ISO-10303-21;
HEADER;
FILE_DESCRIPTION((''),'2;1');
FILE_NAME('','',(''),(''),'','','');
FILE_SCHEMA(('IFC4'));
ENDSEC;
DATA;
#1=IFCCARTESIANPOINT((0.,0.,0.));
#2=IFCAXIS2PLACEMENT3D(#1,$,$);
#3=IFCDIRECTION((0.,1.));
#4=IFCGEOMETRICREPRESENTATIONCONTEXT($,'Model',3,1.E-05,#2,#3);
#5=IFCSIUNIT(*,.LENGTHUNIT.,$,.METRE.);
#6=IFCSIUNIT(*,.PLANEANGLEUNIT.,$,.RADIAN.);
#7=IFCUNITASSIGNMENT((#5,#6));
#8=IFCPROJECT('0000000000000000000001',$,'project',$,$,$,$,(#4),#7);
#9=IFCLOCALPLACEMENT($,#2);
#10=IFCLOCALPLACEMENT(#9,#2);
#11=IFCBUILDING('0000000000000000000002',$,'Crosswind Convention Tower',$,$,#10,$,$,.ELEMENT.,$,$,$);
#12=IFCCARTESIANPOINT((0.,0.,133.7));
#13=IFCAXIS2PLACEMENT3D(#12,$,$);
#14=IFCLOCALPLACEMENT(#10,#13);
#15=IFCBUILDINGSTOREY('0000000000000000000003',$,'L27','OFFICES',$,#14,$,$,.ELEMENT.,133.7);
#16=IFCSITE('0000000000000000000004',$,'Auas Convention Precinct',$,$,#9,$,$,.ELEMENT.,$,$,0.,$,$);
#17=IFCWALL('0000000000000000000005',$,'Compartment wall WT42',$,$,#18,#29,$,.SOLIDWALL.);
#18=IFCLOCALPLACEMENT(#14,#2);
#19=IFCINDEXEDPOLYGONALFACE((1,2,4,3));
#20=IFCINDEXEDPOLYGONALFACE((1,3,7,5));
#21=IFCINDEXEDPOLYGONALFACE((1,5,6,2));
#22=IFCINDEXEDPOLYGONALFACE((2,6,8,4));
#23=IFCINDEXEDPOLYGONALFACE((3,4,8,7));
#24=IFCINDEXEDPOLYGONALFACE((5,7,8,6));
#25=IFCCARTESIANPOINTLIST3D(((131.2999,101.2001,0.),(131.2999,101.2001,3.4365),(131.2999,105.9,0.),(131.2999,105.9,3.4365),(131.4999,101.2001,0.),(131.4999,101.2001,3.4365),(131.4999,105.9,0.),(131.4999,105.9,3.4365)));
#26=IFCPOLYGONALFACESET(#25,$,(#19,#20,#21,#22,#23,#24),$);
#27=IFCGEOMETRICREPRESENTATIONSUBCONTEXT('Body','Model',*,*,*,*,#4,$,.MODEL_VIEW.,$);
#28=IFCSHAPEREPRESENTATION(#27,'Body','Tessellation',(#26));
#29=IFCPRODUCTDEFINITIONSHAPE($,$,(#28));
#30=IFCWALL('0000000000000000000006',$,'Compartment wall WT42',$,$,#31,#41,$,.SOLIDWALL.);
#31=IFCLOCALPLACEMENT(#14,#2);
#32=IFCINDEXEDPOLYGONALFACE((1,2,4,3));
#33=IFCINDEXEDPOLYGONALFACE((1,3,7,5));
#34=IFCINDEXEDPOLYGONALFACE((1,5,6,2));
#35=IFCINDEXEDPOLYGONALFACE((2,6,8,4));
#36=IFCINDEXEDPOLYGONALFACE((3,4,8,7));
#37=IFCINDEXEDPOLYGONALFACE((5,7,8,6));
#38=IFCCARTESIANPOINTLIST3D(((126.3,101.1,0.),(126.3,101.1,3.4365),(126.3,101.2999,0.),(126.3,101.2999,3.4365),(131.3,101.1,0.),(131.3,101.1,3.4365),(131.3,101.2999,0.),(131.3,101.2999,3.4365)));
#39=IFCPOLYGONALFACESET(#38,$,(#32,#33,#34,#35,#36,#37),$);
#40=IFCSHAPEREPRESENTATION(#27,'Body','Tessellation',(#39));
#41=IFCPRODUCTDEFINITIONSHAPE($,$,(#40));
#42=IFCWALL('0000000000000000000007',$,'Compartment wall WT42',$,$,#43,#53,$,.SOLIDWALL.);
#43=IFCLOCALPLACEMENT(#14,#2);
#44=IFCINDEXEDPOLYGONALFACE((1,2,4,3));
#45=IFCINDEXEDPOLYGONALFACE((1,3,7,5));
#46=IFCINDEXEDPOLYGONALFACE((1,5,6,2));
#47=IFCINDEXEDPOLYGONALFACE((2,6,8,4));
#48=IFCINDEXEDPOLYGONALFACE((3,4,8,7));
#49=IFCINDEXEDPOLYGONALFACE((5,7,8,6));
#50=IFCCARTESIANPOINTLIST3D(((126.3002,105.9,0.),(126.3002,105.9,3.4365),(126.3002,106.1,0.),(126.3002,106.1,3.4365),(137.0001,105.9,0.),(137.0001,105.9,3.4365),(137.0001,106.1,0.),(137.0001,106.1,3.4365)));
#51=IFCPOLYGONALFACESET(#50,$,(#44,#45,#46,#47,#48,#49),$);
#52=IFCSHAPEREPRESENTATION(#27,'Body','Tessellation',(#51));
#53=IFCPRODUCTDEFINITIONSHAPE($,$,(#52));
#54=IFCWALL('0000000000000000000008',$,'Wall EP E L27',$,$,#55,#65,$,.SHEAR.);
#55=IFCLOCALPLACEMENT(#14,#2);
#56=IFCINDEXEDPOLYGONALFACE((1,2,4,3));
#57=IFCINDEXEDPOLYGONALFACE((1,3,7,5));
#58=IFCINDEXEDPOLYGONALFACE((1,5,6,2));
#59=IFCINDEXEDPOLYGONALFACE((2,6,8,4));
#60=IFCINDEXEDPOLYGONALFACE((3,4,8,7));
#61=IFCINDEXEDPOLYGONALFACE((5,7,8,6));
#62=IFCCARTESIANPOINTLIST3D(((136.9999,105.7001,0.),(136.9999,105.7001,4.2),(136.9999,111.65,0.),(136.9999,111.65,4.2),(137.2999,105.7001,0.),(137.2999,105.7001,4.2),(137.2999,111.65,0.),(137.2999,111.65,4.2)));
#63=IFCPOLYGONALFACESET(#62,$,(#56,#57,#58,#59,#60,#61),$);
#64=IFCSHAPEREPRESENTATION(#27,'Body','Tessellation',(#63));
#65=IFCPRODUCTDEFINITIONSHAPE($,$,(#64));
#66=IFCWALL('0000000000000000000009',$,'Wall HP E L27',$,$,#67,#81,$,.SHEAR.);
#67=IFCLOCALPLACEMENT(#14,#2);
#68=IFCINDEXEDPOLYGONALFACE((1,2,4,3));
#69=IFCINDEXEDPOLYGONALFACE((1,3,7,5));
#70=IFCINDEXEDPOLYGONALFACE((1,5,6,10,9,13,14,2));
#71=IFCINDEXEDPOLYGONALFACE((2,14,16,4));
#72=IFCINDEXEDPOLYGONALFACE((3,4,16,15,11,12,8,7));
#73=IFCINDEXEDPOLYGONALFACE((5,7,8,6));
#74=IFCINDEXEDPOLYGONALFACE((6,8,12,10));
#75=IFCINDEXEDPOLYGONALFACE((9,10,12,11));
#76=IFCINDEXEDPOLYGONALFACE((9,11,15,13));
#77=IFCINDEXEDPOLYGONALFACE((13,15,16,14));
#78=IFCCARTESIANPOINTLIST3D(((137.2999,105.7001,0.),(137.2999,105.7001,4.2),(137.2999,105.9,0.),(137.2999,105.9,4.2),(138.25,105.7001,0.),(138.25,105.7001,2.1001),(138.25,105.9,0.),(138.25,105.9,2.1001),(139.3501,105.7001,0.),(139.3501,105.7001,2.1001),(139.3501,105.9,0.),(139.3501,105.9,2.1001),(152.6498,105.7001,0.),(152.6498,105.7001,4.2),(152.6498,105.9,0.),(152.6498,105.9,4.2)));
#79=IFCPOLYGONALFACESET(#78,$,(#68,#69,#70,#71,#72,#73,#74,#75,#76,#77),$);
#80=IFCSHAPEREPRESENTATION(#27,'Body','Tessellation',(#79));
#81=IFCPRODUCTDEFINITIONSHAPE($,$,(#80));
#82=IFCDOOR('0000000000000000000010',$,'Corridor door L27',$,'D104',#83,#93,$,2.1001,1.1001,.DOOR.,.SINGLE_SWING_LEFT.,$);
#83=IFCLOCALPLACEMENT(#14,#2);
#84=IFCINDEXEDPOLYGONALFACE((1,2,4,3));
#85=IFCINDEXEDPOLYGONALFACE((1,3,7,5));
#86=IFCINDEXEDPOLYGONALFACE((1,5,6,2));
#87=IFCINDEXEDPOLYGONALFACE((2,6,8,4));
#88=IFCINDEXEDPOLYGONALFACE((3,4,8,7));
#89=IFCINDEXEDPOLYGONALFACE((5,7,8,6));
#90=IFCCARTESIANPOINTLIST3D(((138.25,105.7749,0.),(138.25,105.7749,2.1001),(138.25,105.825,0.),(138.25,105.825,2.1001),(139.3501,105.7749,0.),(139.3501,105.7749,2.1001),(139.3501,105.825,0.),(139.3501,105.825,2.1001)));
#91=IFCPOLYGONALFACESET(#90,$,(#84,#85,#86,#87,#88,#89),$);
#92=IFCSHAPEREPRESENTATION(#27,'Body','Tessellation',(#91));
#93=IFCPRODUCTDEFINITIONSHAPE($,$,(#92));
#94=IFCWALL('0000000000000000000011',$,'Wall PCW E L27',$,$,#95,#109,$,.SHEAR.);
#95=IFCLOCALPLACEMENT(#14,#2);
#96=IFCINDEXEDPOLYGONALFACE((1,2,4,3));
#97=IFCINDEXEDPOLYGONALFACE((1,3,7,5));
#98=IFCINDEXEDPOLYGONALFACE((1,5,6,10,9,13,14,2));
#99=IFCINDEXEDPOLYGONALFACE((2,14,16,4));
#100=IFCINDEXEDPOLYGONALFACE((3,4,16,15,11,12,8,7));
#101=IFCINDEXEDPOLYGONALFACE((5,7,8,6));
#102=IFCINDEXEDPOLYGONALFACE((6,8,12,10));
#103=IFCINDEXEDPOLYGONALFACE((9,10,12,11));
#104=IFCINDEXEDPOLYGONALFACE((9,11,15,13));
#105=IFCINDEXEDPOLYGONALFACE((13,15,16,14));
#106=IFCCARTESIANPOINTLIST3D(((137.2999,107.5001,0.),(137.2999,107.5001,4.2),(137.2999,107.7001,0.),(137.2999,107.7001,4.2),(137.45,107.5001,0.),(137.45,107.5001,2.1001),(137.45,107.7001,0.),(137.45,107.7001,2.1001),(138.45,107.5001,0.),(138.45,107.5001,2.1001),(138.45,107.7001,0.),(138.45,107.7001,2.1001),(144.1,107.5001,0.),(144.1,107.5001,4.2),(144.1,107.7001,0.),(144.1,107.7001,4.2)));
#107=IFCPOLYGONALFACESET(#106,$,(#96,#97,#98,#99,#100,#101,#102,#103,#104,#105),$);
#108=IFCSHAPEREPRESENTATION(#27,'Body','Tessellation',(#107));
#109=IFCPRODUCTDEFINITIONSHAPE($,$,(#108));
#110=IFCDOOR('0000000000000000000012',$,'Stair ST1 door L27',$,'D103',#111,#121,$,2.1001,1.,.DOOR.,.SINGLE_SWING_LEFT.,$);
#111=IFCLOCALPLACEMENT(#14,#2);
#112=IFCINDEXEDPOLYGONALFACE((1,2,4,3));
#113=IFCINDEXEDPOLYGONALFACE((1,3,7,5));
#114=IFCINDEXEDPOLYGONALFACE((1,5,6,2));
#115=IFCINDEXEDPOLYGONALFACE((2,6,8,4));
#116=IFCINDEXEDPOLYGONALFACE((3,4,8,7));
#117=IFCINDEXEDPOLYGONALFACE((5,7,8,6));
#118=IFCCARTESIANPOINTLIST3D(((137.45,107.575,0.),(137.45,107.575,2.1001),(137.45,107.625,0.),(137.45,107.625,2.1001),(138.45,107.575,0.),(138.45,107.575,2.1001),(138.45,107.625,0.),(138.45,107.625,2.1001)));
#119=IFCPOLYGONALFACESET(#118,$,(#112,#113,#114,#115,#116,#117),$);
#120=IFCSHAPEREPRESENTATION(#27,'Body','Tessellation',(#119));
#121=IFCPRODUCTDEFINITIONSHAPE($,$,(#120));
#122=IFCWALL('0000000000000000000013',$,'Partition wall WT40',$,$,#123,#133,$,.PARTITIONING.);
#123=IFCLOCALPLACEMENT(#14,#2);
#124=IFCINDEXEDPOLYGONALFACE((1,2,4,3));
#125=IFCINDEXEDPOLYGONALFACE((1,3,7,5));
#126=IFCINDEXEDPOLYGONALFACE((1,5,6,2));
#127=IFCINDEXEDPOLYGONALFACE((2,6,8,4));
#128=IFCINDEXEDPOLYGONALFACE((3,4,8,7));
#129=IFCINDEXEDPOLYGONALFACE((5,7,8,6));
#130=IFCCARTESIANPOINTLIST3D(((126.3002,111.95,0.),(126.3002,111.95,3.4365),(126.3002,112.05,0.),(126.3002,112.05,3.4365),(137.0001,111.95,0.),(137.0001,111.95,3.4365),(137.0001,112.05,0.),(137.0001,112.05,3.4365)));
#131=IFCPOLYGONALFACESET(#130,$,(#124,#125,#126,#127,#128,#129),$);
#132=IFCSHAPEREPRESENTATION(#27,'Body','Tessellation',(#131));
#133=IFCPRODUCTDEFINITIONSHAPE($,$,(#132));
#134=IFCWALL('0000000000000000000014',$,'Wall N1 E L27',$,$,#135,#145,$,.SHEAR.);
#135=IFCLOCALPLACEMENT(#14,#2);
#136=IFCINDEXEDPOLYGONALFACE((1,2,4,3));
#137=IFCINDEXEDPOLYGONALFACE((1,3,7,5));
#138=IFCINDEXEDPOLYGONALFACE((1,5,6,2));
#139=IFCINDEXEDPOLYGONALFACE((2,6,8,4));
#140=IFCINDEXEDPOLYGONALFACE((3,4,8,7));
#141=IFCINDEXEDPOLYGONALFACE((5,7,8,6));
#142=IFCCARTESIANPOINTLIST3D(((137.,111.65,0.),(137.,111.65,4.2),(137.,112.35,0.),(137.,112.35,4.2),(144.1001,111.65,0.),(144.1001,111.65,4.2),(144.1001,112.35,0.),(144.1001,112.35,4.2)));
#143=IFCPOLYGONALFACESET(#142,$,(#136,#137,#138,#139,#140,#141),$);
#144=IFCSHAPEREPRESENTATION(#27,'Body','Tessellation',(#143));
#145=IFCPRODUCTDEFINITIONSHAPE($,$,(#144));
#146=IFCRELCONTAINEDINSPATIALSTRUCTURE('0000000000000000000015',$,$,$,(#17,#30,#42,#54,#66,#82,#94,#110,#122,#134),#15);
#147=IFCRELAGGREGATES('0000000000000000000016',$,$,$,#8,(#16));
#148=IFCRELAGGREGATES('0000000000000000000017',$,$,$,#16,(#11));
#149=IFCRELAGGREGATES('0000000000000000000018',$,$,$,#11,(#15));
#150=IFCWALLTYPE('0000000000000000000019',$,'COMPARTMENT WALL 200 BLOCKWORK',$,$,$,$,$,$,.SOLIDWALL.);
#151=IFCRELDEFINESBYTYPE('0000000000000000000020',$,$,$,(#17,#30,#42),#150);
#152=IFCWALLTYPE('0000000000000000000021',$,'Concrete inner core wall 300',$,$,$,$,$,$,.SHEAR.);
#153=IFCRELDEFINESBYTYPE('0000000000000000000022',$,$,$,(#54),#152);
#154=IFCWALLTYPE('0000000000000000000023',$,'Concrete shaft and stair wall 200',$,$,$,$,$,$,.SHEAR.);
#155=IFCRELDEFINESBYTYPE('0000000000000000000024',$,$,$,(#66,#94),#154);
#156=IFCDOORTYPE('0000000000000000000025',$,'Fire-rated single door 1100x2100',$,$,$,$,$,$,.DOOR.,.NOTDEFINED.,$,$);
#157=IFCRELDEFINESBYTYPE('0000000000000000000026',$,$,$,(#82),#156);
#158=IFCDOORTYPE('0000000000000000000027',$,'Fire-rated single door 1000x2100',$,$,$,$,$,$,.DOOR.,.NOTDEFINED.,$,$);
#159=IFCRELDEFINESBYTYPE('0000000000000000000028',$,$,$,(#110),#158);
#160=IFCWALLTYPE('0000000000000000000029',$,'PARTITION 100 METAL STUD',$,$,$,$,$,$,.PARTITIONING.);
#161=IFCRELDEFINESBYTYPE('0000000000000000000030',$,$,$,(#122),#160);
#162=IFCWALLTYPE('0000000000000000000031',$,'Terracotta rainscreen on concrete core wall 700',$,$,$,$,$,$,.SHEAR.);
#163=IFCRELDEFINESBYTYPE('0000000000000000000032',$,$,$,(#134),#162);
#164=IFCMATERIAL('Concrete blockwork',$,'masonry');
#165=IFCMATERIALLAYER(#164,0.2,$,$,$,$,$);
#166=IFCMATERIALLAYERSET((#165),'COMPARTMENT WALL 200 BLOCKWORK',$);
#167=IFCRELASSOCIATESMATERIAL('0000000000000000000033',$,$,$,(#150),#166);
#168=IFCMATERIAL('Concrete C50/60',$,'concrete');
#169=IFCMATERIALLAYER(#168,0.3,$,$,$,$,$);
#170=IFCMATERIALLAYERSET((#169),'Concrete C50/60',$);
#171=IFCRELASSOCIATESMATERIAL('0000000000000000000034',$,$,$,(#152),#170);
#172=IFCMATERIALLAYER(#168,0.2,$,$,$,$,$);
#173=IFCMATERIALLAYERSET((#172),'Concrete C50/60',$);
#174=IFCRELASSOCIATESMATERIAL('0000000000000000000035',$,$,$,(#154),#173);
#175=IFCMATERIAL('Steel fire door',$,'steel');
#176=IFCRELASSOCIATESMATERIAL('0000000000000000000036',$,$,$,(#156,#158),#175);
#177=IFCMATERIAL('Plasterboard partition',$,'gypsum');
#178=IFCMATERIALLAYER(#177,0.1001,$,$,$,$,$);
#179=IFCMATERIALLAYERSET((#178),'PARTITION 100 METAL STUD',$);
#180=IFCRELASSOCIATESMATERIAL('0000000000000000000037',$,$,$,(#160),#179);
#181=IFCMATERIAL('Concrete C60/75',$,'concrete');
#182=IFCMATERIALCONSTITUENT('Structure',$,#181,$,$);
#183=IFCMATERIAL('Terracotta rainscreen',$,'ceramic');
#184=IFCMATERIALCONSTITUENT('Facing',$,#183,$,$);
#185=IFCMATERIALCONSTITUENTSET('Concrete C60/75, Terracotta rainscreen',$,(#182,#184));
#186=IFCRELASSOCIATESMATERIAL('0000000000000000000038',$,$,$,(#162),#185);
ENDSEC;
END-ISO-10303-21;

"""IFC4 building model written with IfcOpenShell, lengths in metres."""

from ifc_helpers import new_model, si_unit, direction, frame, frame_2d, origin, place, context, subcontext, project, spatial, rectangle, extrude, material, layer, layer_set, constituent, constituent_set, type_object, element, fill, save


model = new_model("IFC4")

# Units and contexts
model_context = context("Model", 3, precision=1e-05, world=origin(), true_north=direction((0.0, 1.0)))
body_context = subcontext(model_context, "Body", "Model", "MODEL_VIEW")
ifc_project = project(units=[si_unit("LENGTHUNIT", "METRE"), si_unit("PLANEANGLEUNIT", "RADIAN")], contexts=[model_context])

# Site, building, storey
site_placement = place(None, origin())
site = spatial("IfcSite", under=ifc_project, at=site_placement, Name="Auas Convention Precinct", CompositionType="ELEMENT", RefElevation=0.0)
building_placement = place(site_placement, origin())
building = spatial("IfcBuilding", under=site, at=building_placement, Name="Crosswind Convention Tower", CompositionType="ELEMENT")
storey_placement = place(building_placement, frame((0.0, 0.0, 133.7)))
storey = spatial("IfcBuildingStorey", under=building, at=storey_placement, Name="L27", Description="OFFICES", CompositionType="ELEMENT", Elevation=133.7)

# Shared definitions
ifc_material_1 = material(Name="Concrete blockwork", Category="masonry")
ifc_layer_1 = layer(ifc_material_1, 0.2)
ifc_layer_set_1 = layer_set([ifc_layer_1], Name="COMPARTMENT WALL 200 BLOCKWORK")
wall_type_1 = type_object("IfcWallType", Name="COMPARTMENT WALL 200 BLOCKWORK", PredefinedType="SOLIDWALL", material=ifc_layer_set_1)
ifc_material_2 = material(Name="Steel fire door", Category="steel")

# Walls
wall_1_placement = place(storey_placement, frame((131.3999, 101.2, 0.0), z_axis=(0.0, 0.0, 1.0), x_axis=(0.0, 1.0, 0.0)))
element("IfcWall", 1, at=wall_1_placement, inside=storey, type_object=wall_type_1, Name="Compartment wall WT42", PredefinedType="SOLIDWALL", context=body_context, shape_type="SweptSolid", body=[
    extrude(rectangle(XDim=4.7, YDim=0.2, at=frame_2d((2.3501, 0.0))), origin(), (0.0, 0.0, 1.0), 3.4365),
])
wall_2_placement = place(storey_placement, frame((126.3, 101.2, 0.0), z_axis=(0.0, 0.0, 1.0), x_axis=(1.0, 0.0, 0.0)))
element("IfcWall", 2, at=wall_2_placement, inside=storey, type_object=wall_type_1, Name="Compartment wall WT42", PredefinedType="SOLIDWALL", context=body_context, shape_type="SweptSolid", body=[
    extrude(rectangle(XDim=5.0, YDim=0.2, at=frame_2d((2.5, 0.0))), origin(), (0.0, 0.0, 1.0), 3.4365),
])
wall_3_placement = place(storey_placement, frame((126.3, 106.0, 0.0), z_axis=(0.0, 0.0, 1.0), x_axis=(1.0, 0.0, 0.0)))
element("IfcWall", 3, at=wall_3_placement, inside=storey, type_object=wall_type_1, Name="Compartment wall WT42", PredefinedType="SOLIDWALL", context=body_context, shape_type="SweptSolid", body=[
    extrude(rectangle(XDim=10.7, YDim=0.2, at=frame_2d((5.3501, 0.0))), origin(), (0.0, 0.0, 1.0), 3.4365),
])
ifc_material_3 = material(Name="Concrete C50/60", Category="concrete")
ifc_layer_2 = layer(ifc_material_3, 0.3)
ifc_layer_set_2 = layer_set([ifc_layer_2], Name="Concrete C50/60")
wall_type_2 = type_object("IfcWallType", Name="Concrete inner core wall 300", PredefinedType="SHEAR", material=ifc_layer_set_2)
wall_4_placement = place(storey_placement, frame((137.1499, 105.7, 0.0), z_axis=(0.0, 0.0, 1.0), x_axis=(0.0, 1.0, 0.0)))
element("IfcWall", 4, at=wall_4_placement, inside=storey, type_object=wall_type_2, Name="Wall EP E L27", PredefinedType="SHEAR", context=body_context, shape_type="SweptSolid", body=[
    extrude(rectangle(XDim=5.95, YDim=0.3, at=frame_2d((2.9751, 0.0))), origin(), (0.0, 0.0, 1.0), 4.2),
])

# Walls, openings, doors
ifc_layer_3 = layer(ifc_material_3, 0.2)
ifc_layer_set_3 = layer_set([ifc_layer_3], Name="Concrete C50/60")
wall_type_3 = type_object("IfcWallType", Name="Concrete shaft and stair wall 200", PredefinedType="SHEAR", material=ifc_layer_set_3)
wall_5_placement = place(storey_placement, frame((137.3, 105.8, 0.0), z_axis=(0.0, 0.0, 1.0), x_axis=(1.0, 0.0, 0.0)))
wall_5 = element("IfcWall", 5, at=wall_5_placement, inside=storey, type_object=wall_type_3, Name="Wall HP E L27", PredefinedType="SHEAR", context=body_context, shape_type="SweptSolid", body=[
    extrude(rectangle(XDim=15.3499, YDim=0.2, at=frame_2d((7.6748, 0.0))), origin(), (0.0, 0.0, 1.0), 4.2),
])
opening_1_placement = place(wall_5_placement, frame((0.95, 0.0, 0.0)))
opening_1 = element("IfcOpeningElement", 6, at=opening_1_placement, cuts=wall_5, PredefinedType="OPENING", context=body_context, shape_type="SweptSolid", body=[
    extrude(rectangle(XDim=1.1001, YDim=2.1001, at=frame_2d((0.55, 1.05))), frame((0.0, 0.1099, 0.0), z_axis=(0.0, -1.0, 0.0), x_axis=(1.0, 0.0, 0.0)), (0.0, 0.0, 1.0), 0.22),
])
door_type_1 = type_object("IfcDoorType", Name="Fire-rated single door 1100x2100", OperationType="NOTDEFINED", PredefinedType="DOOR", material=ifc_material_2)
door_1_placement = place(opening_1_placement, origin())
door_1 = element("IfcDoor", 7, at=door_1_placement, inside=storey, type_object=door_type_1, Name="Corridor door L27", ObjectType="D104", OperationType="SINGLE_SWING_LEFT", OverallHeight=2.1001, OverallWidth=1.1001, PredefinedType="DOOR", context=body_context, shape_type="SweptSolid", body=[
    extrude(rectangle(XDim=1.1001, YDim=2.1001, at=frame_2d((0.55, 1.05))), frame((0.0, 0.0249, 0.0), z_axis=(0.0, -1.0, 0.0), x_axis=(1.0, 0.0, 0.0)), (0.0, 0.0, 1.0), 0.05),
])
fill(opening_1, door_1)
wall_6_placement = place(storey_placement, frame((137.3, 107.6001, 0.0), z_axis=(0.0, 0.0, 1.0), x_axis=(1.0, 0.0, 0.0)))
wall_6 = element("IfcWall", 8, at=wall_6_placement, inside=storey, type_object=wall_type_3, Name="Wall PCW E L27", PredefinedType="SHEAR", context=body_context, shape_type="SweptSolid", body=[
    extrude(rectangle(XDim=6.8, YDim=0.2, at=frame_2d((3.3999, 0.0))), origin(), (0.0, 0.0, 1.0), 4.2),
])
opening_2_placement = place(wall_6_placement, frame((0.1499, 0.0, 0.0)))
opening_2 = element("IfcOpeningElement", 9, at=opening_2_placement, cuts=wall_6, PredefinedType="OPENING", context=body_context, shape_type="SweptSolid", body=[
    extrude(rectangle(XDim=1.0, YDim=2.1001, at=frame_2d((0.5, 1.05))), frame((0.0, 0.1099, 0.0), z_axis=(0.0, -1.0, 0.0), x_axis=(1.0, 0.0, 0.0)), (0.0, 0.0, 1.0), 0.22),
])
door_type_2 = type_object("IfcDoorType", Name="Fire-rated single door 1000x2100", OperationType="NOTDEFINED", PredefinedType="DOOR", material=ifc_material_2)
door_2_placement = place(opening_2_placement, origin())
door_2 = element("IfcDoor", 10, at=door_2_placement, inside=storey, type_object=door_type_2, Name="Stair ST1 door L27", ObjectType="D103", OperationType="SINGLE_SWING_LEFT", OverallHeight=2.1001, OverallWidth=1.0, PredefinedType="DOOR", context=body_context, shape_type="SweptSolid", body=[
    extrude(rectangle(XDim=1.0, YDim=2.1001, at=frame_2d((0.5, 1.05))), frame((0.0, 0.0249, 0.0), z_axis=(0.0, -1.0, 0.0), x_axis=(1.0, 0.0, 0.0)), (0.0, 0.0, 1.0), 0.05),
])
fill(opening_2, door_2)

# Walls
ifc_material_4 = material(Name="Plasterboard partition", Category="gypsum")
ifc_layer_4 = layer(ifc_material_4, 0.1001)
ifc_layer_set_4 = layer_set([ifc_layer_4], Name="PARTITION 100 METAL STUD")
wall_type_4 = type_object("IfcWallType", Name="PARTITION 100 METAL STUD", PredefinedType="PARTITIONING", material=ifc_layer_set_4)
wall_7_placement = place(storey_placement, frame((126.3, 112.0, 0.0), z_axis=(0.0, 0.0, 1.0), x_axis=(1.0, 0.0, 0.0)))
element("IfcWall", 11, at=wall_7_placement, inside=storey, type_object=wall_type_4, Name="Partition wall WT40", PredefinedType="PARTITIONING", context=body_context, shape_type="SweptSolid", body=[
    extrude(rectangle(XDim=10.7, YDim=0.1001, at=frame_2d((5.3501, 0.0))), origin(), (0.0, 0.0, 1.0), 3.4365),
])
ifc_material_5 = material(Name="Concrete C60/75", Category="concrete")
ifc_constituent_1 = constituent(ifc_material_5, Name="Structure")
ifc_material_6 = material(Name="Terracotta rainscreen", Category="ceramic")
ifc_constituent_2 = constituent(ifc_material_6, Name="Facing")
ifc_constituent_set = constituent_set(constituents=[ifc_constituent_1, ifc_constituent_2], Name="Concrete C60/75, Terracotta rainscreen")
wall_type_5 = type_object("IfcWallType", Name="Terracotta rainscreen on concrete core wall 700", PredefinedType="SHEAR", material=ifc_constituent_set)
wall_8_placement = place(storey_placement, frame((137.0, 112.0, 0.0), z_axis=(0.0, 0.0, 1.0), x_axis=(1.0, 0.0, 0.0)))
element("IfcWall", 12, at=wall_8_placement, inside=storey, type_object=wall_type_5, Name="Wall N1 E L27", PredefinedType="SHEAR", context=body_context, shape_type="SweptSolid", body=[
    extrude(rectangle(XDim=7.1001, YDim=0.7, at=frame_2d((3.55, 0.0))), origin(), (0.0, 0.0, 1.0), 4.2),
])

save(model, "model.ifc")
